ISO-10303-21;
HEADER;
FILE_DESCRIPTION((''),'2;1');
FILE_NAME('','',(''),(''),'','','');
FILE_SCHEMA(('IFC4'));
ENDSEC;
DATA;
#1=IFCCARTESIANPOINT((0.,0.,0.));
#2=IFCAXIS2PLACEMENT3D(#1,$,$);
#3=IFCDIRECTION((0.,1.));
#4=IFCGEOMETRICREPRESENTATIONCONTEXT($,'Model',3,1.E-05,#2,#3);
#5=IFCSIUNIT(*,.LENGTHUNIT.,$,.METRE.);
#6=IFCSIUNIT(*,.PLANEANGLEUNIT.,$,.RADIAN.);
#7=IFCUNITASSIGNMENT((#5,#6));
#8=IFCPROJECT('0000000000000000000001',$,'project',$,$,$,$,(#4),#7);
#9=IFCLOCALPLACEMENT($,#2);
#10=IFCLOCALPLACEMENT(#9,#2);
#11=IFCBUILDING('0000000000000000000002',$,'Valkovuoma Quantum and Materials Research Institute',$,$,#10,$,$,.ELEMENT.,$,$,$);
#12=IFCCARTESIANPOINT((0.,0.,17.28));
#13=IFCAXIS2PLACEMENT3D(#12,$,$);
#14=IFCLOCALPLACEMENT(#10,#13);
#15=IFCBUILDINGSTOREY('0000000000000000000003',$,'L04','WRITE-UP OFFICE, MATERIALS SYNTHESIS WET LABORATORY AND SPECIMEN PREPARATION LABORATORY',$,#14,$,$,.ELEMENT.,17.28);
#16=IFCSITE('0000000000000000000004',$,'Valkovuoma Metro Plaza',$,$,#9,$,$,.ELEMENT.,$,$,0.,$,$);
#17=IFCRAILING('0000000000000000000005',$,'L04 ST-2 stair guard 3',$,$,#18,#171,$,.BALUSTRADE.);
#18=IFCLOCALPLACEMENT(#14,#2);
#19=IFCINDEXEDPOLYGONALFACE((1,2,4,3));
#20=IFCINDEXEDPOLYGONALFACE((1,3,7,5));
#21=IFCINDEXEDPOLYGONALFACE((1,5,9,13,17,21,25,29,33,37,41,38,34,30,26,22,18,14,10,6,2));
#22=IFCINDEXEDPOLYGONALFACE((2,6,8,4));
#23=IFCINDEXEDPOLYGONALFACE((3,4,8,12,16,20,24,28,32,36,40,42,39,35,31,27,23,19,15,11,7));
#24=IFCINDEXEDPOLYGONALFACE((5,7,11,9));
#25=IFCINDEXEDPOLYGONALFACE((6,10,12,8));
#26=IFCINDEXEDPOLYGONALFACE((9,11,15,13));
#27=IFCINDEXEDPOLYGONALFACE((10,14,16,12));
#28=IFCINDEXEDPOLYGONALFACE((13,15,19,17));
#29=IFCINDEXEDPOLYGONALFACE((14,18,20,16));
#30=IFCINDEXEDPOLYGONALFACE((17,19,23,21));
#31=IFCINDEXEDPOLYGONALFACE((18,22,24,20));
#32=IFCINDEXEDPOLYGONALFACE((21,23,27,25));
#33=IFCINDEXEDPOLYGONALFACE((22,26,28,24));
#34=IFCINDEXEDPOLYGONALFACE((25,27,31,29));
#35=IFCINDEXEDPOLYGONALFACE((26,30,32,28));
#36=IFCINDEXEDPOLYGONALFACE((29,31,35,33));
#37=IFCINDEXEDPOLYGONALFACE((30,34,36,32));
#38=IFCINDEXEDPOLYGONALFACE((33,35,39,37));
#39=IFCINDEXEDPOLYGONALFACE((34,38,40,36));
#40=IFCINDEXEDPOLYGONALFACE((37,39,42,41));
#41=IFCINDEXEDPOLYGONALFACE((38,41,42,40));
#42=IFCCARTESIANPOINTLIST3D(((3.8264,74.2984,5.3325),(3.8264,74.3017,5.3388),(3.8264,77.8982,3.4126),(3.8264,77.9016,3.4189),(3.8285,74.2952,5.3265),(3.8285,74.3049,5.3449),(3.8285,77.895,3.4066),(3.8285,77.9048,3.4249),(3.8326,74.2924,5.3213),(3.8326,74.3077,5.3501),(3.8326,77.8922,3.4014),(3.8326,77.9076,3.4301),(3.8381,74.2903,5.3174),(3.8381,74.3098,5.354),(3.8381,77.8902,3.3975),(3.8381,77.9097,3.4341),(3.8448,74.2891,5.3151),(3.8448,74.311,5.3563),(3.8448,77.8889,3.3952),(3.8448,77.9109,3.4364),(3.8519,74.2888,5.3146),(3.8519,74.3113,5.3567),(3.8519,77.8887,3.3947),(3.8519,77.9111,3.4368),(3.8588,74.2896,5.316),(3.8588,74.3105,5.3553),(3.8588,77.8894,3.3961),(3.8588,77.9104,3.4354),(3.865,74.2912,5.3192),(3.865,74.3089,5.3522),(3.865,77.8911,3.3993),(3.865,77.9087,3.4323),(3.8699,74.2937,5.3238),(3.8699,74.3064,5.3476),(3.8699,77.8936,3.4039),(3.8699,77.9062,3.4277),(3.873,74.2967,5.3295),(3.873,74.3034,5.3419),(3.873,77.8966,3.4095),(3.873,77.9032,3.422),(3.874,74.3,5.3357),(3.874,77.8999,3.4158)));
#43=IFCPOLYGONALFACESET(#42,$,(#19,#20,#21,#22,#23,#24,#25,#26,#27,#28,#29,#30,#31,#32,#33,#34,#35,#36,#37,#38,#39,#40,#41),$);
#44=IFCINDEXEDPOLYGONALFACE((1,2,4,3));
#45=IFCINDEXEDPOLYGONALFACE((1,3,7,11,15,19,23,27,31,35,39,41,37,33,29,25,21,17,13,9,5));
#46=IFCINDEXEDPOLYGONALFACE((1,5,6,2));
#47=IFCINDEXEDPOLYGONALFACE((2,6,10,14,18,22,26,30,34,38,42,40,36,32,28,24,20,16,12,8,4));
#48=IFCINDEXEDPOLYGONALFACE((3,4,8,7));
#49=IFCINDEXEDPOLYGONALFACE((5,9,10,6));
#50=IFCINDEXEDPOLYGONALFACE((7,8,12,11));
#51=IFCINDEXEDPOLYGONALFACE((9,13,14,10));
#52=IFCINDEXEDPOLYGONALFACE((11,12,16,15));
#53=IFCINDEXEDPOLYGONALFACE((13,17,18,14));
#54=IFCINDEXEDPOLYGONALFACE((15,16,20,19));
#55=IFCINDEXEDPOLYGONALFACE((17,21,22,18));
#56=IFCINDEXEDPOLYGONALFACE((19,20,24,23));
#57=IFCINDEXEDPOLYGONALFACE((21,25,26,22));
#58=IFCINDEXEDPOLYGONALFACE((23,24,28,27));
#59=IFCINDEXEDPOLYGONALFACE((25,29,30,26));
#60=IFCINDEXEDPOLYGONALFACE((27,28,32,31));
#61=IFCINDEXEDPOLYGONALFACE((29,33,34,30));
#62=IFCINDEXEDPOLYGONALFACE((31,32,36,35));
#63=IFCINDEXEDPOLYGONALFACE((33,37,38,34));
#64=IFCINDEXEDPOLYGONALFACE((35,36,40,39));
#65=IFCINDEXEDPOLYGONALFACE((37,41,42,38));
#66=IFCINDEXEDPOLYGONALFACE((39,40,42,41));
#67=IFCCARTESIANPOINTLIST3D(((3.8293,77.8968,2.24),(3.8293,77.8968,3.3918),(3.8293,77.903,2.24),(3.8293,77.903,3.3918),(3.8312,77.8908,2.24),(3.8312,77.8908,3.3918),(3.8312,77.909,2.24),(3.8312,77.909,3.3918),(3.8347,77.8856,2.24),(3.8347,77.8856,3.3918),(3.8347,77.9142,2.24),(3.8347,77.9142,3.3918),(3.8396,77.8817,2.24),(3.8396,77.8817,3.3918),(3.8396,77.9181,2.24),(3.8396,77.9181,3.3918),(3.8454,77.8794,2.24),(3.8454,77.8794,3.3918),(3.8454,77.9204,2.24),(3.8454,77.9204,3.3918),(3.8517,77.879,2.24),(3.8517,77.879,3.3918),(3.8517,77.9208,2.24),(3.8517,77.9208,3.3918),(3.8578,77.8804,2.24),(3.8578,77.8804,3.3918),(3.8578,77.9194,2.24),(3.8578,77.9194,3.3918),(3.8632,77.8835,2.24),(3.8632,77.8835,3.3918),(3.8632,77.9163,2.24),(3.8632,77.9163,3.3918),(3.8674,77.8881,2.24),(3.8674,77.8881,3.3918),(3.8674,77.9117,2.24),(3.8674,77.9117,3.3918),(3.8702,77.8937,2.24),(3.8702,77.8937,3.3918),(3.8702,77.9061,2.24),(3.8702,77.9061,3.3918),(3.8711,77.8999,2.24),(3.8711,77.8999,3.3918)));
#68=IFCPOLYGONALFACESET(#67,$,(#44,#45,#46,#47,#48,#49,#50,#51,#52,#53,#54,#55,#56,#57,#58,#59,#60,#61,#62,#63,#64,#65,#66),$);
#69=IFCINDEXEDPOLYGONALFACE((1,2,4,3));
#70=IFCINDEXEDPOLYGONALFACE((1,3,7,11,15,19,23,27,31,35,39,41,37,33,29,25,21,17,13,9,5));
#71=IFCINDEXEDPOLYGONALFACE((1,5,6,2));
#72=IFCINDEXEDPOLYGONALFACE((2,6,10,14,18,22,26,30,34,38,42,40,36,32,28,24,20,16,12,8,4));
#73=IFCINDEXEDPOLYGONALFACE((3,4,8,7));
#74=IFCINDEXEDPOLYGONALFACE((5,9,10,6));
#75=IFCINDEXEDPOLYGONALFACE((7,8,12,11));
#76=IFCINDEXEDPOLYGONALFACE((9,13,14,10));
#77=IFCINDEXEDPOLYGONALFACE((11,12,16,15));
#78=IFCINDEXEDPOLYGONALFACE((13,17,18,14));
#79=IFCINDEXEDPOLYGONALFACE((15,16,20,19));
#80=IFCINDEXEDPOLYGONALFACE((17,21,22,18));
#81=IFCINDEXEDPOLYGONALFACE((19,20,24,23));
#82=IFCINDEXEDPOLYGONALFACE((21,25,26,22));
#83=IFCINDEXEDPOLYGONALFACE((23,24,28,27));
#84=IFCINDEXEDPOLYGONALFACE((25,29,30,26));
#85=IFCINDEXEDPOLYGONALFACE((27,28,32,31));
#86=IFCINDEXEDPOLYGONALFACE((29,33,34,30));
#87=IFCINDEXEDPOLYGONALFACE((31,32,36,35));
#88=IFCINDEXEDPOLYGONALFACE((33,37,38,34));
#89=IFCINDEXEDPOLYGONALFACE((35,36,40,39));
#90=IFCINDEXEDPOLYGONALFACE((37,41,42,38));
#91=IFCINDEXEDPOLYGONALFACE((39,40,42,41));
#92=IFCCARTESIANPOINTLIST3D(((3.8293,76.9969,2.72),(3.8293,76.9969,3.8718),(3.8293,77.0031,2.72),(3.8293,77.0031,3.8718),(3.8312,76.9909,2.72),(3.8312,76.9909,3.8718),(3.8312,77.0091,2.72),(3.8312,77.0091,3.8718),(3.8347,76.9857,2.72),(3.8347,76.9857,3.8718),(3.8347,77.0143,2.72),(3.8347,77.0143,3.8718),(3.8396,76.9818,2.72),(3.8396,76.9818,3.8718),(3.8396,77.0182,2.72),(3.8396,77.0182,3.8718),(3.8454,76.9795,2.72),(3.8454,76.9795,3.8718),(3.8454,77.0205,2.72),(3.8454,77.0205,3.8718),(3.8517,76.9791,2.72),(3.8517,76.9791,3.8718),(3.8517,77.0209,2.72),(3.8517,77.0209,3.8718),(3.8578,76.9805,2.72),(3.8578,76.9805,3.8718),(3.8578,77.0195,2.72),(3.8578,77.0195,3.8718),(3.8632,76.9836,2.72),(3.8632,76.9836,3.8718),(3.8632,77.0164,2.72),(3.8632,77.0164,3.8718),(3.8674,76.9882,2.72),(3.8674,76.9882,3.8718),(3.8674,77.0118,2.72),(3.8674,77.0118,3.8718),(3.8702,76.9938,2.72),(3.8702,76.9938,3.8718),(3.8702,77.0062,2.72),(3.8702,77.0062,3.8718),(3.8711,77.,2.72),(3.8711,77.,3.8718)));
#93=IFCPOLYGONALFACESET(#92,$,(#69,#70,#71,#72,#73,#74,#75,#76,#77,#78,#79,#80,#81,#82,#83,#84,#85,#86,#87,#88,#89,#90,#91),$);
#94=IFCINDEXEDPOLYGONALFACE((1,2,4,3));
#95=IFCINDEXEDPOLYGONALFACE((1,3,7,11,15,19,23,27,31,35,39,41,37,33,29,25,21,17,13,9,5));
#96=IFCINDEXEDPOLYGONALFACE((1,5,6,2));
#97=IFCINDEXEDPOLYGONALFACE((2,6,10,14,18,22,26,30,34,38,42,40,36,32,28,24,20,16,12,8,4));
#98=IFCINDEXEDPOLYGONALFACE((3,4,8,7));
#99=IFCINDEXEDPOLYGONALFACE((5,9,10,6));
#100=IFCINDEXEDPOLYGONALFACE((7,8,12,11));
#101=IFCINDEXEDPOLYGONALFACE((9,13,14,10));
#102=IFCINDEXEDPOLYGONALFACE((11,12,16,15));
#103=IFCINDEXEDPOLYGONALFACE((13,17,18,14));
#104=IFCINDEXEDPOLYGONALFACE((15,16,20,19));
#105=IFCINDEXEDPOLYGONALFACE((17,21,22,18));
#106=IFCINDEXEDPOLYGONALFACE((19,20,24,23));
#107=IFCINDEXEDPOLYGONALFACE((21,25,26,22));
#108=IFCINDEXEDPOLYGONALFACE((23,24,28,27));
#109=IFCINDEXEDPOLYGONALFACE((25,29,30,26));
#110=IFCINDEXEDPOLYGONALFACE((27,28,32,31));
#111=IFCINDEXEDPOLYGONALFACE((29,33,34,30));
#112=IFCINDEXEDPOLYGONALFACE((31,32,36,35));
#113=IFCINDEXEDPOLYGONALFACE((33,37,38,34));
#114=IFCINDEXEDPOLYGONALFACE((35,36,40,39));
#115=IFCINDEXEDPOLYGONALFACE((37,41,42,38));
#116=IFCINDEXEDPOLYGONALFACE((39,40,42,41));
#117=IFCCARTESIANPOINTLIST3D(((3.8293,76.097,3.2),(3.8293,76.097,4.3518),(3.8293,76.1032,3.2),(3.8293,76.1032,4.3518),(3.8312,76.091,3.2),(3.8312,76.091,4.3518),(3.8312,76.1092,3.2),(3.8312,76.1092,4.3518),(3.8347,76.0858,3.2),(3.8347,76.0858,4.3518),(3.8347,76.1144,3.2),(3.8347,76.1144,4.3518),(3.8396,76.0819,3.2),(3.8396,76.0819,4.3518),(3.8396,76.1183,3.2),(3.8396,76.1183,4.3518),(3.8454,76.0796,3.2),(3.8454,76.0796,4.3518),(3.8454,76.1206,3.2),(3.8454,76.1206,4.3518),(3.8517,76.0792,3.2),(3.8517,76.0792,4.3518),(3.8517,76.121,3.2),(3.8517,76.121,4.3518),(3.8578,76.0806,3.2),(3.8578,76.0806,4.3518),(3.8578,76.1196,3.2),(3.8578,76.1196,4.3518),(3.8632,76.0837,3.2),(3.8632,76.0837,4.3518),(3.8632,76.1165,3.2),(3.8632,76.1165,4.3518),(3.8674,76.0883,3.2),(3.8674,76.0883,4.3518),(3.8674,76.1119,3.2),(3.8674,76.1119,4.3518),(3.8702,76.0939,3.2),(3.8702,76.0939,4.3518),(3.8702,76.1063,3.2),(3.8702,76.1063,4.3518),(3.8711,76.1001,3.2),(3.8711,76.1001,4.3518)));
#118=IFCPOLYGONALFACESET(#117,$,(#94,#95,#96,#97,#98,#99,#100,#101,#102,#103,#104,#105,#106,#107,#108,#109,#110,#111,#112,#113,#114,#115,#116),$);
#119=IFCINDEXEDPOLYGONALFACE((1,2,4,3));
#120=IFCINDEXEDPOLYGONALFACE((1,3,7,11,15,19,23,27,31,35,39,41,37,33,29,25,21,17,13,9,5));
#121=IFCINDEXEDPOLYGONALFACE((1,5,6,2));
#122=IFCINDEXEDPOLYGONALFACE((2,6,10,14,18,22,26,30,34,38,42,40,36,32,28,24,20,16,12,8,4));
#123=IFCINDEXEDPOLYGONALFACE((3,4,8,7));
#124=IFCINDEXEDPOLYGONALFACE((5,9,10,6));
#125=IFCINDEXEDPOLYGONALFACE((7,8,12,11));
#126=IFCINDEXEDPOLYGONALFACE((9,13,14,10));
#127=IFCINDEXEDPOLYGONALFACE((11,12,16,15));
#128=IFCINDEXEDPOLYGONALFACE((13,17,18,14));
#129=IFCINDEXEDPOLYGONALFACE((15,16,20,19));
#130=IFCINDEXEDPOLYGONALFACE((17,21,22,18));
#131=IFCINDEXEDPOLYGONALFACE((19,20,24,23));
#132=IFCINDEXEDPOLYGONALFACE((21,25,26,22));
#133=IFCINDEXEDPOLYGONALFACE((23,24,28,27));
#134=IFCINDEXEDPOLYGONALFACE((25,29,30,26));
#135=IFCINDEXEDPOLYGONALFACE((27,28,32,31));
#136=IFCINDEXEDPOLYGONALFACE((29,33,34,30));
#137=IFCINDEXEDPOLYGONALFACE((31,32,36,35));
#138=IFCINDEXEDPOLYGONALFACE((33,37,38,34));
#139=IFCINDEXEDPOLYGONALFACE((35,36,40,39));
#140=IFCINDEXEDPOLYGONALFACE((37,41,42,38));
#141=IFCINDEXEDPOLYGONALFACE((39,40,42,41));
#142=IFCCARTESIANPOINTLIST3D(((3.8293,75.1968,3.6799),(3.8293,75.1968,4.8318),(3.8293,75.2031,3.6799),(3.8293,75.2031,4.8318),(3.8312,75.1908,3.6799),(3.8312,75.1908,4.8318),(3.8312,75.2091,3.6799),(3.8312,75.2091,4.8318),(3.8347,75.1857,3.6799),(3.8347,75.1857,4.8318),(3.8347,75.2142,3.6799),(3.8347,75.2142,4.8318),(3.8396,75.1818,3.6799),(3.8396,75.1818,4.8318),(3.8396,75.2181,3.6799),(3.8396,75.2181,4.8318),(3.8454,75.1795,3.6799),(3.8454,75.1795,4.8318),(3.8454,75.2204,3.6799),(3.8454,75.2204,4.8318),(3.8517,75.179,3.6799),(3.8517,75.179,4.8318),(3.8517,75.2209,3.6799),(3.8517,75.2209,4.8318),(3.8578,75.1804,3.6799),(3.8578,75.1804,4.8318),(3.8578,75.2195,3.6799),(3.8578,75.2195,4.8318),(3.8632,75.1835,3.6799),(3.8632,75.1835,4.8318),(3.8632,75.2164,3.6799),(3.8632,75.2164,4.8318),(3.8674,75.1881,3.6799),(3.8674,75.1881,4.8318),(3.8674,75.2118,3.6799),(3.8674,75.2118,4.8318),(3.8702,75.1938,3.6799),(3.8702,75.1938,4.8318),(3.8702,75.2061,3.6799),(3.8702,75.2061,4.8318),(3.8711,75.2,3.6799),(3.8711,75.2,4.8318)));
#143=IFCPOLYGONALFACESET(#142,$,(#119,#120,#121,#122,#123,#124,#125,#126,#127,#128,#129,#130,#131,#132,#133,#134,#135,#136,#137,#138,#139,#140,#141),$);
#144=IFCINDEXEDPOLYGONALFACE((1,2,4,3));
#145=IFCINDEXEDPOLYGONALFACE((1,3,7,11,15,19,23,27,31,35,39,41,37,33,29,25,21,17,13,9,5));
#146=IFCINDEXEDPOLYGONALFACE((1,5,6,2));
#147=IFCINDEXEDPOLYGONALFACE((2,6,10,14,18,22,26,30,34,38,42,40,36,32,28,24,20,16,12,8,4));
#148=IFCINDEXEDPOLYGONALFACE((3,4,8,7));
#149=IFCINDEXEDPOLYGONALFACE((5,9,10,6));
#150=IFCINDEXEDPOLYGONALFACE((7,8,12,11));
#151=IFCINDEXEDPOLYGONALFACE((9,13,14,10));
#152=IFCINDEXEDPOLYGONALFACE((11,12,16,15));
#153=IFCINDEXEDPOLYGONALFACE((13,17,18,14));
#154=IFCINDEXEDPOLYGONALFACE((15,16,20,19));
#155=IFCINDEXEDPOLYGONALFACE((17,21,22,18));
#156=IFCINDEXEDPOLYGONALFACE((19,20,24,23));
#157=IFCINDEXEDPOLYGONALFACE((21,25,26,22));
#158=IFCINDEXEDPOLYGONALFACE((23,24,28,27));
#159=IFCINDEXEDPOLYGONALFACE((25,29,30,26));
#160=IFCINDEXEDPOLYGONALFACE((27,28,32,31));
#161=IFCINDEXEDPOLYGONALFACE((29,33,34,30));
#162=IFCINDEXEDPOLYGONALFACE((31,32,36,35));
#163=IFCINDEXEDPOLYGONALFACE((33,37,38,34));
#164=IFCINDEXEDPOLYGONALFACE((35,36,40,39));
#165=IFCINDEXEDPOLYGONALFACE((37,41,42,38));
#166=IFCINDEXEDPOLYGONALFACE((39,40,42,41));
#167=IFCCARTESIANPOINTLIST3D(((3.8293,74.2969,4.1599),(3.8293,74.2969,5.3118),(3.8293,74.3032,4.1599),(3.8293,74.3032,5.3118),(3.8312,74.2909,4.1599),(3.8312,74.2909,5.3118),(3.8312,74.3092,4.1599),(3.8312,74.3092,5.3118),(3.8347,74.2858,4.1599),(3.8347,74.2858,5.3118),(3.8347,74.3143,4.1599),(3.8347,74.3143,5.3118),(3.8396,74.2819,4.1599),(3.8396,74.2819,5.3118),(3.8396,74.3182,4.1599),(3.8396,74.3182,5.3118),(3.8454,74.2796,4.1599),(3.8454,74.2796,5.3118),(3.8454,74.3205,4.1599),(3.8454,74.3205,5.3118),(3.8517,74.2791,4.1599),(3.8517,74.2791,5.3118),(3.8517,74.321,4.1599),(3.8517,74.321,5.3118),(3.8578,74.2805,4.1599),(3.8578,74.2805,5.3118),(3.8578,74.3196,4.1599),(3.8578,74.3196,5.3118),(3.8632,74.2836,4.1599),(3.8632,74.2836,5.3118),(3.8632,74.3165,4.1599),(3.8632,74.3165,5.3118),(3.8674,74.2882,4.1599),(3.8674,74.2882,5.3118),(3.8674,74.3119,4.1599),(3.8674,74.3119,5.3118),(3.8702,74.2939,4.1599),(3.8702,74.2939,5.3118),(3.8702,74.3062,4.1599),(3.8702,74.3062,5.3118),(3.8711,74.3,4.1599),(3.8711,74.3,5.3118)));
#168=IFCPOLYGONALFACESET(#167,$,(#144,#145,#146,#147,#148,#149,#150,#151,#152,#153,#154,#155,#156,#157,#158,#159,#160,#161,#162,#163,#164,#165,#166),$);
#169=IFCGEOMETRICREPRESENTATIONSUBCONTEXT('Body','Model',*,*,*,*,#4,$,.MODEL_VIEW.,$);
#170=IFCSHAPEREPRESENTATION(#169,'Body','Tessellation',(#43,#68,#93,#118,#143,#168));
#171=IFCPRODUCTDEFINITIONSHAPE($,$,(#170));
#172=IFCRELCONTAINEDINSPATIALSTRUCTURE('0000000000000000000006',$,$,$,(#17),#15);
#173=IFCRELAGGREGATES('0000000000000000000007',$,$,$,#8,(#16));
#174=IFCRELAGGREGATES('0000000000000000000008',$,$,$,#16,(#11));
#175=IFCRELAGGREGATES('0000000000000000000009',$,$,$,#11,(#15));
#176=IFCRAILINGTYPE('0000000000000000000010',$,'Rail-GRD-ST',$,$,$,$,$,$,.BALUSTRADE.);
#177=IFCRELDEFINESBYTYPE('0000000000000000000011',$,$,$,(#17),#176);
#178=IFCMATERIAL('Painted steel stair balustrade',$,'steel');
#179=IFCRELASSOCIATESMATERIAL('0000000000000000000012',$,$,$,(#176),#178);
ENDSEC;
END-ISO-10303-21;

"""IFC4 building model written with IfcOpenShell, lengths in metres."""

from ifc_helpers import new_model, si_unit, direction, frame, origin, origin_2d, place, context, subcontext, project, spatial, circle, extrude, material, type_object, element, save


model = new_model("IFC4")

# Units and contexts
model_context = context("Model", 3, precision=1e-05, world=origin(), true_north=direction((0.0, 1.0)))
body_context = subcontext(model_context, "Body", "Model", "MODEL_VIEW")
ifc_project = project(units=[si_unit("LENGTHUNIT", "METRE"), si_unit("PLANEANGLEUNIT", "RADIAN")], contexts=[model_context])

# Site, building, storey
site_placement = place(None, origin())
site = spatial("IfcSite", under=ifc_project, at=site_placement, Name="Valkovuoma Metro Plaza", CompositionType="ELEMENT", RefElevation=0.0)
building_placement = place(site_placement, origin())
building = spatial("IfcBuilding", under=site, at=building_placement, Name="Valkovuoma Quantum and Materials Research Institute", CompositionType="ELEMENT")
storey_placement = place(building_placement, frame((0.0, 0.0, 17.28)))
storey = spatial("IfcBuildingStorey", under=building, at=storey_placement, Name="L04", Description="WRITE-UP OFFICE, MATERIALS SYNTHESIS WET LABORATORY AND SPECIMEN PREPARATION LABORATORY", CompositionType="ELEMENT", Elevation=17.28)

# Railing
ifc_material_1 = material(Name="Painted steel stair balustrade", Category="steel")
railing_type_1 = type_object("IfcRailingType", Name="Rail-GRD-ST", PredefinedType="BALUSTRADE", material=ifc_material_1)
railing_1_placement = place(storey_placement, frame((3.8501, 77.8999, 2.24)))
element("IfcRailing", 1, at=railing_1_placement, inside=storey, type_object=railing_type_1, Name="L04 ST-2 stair guard 3", PredefinedType="BALUSTRADE", context=body_context, shape_type="SweptSolid", body=[
    extrude(circle(Radius=0.0239, at=origin_2d()), frame((0.0, 0.0, 1.1758), z_axis=(0.0, -0.882353, 0.470588), x_axis=(1.0, 0.0, 0.0)), (0.0, 0.0, 1.0), 4.0798),
    extrude(circle(Radius=0.021, at=origin_2d()), origin(), (0.0, 0.0, 1.0), 1.1519),
    extrude(circle(Radius=0.021, at=origin_2d()), frame((0.0, -0.8999, 0.48)), (0.0, 0.0, 1.0), 1.1519),
    extrude(circle(Radius=0.021, at=origin_2d()), frame((0.0, -1.7998, 0.96)), (0.0, 0.0, 1.0), 1.1519),
    extrude(circle(Radius=0.021, at=origin_2d()), frame((0.0, -2.7, 1.4399)), (0.0, 0.0, 1.0), 1.1519),
    extrude(circle(Radius=0.021, at=origin_2d()), frame((0.0, -3.5999, 1.9199)), (0.0, 0.0, 1.0), 1.1519),
])

save(model, "model.ifc")
